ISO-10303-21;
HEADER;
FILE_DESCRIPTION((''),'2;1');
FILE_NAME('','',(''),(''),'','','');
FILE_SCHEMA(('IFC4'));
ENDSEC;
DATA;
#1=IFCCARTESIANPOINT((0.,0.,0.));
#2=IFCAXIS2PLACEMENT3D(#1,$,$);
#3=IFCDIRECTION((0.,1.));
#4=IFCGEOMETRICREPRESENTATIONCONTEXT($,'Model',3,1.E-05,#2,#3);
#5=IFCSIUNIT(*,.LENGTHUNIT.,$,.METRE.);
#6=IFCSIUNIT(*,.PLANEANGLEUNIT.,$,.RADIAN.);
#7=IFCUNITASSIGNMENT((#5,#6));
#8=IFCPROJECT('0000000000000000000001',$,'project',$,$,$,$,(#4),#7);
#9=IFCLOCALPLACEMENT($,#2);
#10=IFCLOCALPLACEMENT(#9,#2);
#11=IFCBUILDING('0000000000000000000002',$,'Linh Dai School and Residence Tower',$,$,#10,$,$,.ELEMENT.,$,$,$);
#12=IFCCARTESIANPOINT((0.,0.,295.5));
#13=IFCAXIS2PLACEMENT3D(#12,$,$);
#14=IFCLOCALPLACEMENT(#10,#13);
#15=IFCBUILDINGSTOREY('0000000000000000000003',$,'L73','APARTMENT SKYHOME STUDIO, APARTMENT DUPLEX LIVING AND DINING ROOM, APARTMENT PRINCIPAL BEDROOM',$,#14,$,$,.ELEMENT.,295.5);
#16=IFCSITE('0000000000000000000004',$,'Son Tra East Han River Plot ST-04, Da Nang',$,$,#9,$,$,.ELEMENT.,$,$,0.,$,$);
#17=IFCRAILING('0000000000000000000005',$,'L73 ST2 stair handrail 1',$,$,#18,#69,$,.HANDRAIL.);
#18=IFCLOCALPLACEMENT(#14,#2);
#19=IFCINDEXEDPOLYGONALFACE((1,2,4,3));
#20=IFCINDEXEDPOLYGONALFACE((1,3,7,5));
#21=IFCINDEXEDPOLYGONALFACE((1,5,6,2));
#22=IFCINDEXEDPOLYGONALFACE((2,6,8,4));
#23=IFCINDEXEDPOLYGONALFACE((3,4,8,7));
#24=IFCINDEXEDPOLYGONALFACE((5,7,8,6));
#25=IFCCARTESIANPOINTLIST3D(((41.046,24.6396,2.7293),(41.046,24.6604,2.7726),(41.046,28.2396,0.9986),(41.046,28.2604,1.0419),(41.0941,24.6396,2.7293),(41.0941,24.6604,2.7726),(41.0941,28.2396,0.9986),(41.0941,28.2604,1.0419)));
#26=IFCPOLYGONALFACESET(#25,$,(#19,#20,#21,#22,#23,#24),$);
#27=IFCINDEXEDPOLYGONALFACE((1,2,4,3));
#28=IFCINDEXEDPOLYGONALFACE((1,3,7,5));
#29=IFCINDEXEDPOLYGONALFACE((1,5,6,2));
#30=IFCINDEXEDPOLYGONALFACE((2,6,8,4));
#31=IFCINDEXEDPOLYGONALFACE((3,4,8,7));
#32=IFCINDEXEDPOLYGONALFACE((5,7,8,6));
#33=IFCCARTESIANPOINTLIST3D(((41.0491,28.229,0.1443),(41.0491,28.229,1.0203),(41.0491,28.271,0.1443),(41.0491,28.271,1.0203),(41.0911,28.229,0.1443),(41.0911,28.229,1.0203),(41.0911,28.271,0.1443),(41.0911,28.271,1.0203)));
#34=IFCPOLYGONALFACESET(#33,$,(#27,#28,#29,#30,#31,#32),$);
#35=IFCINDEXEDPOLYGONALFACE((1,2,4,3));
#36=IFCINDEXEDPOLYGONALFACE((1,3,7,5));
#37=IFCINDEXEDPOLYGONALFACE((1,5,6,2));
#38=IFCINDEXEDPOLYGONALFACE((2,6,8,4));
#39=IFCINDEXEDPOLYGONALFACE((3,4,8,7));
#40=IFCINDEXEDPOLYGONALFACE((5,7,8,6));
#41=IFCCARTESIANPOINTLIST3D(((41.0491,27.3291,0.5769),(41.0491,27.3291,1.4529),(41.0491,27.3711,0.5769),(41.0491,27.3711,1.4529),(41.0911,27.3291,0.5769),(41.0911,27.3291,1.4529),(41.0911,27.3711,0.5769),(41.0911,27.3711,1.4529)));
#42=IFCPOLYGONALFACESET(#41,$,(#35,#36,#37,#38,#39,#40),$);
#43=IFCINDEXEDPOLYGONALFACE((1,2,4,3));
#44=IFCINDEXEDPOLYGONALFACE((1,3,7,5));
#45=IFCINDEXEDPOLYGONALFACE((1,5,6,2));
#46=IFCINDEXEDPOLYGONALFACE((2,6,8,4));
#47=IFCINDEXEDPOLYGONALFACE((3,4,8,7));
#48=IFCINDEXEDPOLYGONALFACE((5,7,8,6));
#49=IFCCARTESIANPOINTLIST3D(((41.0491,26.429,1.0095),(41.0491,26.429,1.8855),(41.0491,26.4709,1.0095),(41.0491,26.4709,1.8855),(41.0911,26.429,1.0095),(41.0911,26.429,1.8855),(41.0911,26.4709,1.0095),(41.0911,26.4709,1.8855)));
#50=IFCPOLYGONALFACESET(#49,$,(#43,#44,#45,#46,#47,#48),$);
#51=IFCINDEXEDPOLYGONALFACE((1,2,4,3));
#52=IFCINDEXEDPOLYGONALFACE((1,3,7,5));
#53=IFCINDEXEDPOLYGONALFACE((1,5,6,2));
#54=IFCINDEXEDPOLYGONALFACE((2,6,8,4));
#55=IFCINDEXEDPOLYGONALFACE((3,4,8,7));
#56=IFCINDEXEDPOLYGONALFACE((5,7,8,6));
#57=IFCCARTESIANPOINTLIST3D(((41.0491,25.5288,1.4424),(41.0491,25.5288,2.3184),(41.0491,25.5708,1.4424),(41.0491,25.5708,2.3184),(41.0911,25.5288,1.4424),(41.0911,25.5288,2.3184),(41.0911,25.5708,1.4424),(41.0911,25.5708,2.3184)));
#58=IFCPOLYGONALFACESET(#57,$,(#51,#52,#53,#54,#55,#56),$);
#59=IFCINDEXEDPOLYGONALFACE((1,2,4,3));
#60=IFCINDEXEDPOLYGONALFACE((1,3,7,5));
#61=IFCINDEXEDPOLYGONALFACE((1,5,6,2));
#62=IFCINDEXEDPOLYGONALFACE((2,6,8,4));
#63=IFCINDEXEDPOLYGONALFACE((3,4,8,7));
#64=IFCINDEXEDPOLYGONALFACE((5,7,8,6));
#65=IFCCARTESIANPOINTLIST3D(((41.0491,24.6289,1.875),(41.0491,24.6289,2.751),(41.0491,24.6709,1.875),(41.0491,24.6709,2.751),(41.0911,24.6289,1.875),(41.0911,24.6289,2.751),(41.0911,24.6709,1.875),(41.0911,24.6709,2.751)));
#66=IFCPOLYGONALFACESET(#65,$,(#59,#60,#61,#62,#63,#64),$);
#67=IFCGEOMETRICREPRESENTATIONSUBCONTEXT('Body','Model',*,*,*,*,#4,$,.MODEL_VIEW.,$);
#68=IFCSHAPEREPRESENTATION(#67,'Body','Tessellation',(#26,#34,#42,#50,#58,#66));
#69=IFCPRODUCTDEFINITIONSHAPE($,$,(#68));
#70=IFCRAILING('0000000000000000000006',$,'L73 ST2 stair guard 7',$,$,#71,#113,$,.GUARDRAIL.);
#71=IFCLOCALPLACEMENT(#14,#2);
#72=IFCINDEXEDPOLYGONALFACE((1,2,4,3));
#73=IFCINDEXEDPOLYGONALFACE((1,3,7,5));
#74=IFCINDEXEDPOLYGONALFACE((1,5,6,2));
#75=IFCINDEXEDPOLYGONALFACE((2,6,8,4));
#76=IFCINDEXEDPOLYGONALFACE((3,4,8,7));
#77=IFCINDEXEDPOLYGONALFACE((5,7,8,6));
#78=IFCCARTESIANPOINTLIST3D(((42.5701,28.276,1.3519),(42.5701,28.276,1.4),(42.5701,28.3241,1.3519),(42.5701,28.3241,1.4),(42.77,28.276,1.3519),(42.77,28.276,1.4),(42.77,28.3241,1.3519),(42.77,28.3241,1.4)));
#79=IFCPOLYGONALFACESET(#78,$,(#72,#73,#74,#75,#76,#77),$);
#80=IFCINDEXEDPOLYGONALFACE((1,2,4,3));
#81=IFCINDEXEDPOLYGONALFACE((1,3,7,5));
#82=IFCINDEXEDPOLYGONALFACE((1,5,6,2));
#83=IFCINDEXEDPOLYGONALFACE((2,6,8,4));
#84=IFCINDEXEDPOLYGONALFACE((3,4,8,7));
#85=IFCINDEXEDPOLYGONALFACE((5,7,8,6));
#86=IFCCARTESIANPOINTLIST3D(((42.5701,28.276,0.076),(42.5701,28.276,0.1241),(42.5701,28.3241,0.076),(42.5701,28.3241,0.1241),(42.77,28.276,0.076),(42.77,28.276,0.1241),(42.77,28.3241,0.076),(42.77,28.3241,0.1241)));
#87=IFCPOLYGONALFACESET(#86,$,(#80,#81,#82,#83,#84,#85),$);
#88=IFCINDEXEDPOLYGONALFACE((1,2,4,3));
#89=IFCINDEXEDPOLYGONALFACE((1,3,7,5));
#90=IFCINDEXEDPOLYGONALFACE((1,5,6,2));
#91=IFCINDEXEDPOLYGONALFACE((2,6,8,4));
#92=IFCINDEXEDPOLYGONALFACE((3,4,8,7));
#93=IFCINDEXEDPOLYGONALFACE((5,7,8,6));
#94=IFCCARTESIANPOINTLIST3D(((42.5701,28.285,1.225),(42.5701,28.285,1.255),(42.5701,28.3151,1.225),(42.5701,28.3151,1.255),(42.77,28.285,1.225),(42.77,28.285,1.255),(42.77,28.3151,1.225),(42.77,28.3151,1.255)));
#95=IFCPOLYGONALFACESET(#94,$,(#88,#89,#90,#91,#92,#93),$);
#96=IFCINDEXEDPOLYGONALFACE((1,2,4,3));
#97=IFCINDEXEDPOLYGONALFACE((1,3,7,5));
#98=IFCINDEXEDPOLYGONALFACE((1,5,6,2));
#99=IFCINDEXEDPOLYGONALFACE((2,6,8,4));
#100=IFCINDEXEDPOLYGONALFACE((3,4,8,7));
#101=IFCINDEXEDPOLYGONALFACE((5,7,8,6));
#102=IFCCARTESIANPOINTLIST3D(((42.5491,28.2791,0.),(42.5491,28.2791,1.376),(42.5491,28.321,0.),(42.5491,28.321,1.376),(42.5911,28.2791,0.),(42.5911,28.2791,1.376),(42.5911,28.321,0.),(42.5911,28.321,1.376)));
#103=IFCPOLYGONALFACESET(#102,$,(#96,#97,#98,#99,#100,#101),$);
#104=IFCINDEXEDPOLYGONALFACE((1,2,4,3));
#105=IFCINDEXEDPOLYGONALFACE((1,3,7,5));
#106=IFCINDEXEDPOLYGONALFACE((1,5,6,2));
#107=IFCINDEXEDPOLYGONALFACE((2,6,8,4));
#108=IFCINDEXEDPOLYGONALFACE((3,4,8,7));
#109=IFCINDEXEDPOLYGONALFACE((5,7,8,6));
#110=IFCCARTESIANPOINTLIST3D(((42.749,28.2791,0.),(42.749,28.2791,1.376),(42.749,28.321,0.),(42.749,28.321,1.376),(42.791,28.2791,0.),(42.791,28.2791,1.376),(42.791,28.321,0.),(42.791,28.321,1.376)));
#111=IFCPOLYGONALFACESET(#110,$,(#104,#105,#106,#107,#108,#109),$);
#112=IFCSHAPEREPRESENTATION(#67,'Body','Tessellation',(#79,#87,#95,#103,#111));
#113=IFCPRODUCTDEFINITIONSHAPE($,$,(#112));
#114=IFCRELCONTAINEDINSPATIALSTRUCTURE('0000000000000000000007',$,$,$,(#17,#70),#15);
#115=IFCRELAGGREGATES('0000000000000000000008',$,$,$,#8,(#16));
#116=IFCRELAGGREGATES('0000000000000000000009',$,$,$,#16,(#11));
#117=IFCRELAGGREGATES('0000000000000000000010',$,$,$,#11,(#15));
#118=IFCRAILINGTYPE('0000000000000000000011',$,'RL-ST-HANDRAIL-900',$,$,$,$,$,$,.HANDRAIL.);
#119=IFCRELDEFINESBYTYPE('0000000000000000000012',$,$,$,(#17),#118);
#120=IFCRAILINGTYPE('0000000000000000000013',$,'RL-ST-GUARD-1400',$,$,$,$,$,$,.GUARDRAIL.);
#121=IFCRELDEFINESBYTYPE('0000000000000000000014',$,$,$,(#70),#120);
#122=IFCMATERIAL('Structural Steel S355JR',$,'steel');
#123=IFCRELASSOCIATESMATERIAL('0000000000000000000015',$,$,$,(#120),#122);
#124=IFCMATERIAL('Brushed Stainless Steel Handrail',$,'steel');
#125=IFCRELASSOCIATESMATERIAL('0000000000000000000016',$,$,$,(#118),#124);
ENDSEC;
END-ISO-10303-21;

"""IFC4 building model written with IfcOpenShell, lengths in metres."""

from ifc_helpers import new_model, si_unit, direction, frame, origin, origin_2d, place, context, subcontext, project, spatial, rectangle, extrude, source, transform, mapped, material, type_object, element, save


model = new_model("IFC4")

# Units and contexts
model_context = context("Model", 3, precision=1e-05, world=origin(), true_north=direction((0.0, 1.0)))
body_context = subcontext(model_context, "Body", "Model", "MODEL_VIEW")
ifc_project = project(units=[si_unit("LENGTHUNIT", "METRE"), si_unit("PLANEANGLEUNIT", "RADIAN")], contexts=[model_context])

# Site, building, storey
site_placement = place(None, origin())
site = spatial("IfcSite", under=ifc_project, at=site_placement, Name="Son Tra East Han River Plot ST-04, Da Nang", CompositionType="ELEMENT", RefElevation=0.0)
building_placement = place(site_placement, origin())
building = spatial("IfcBuilding", under=site, at=building_placement, Name="Linh Dai School and Residence Tower", CompositionType="ELEMENT")
storey_placement = place(building_placement, frame((0.0, 0.0, 295.5)))
storey = spatial("IfcBuildingStorey", under=building, at=storey_placement, Name="L73", Description="APARTMENT SKYHOME STUDIO, APARTMENT DUPLEX LIVING AND DINING ROOM, APARTMENT PRINCIPAL BEDROOM", CompositionType="ELEMENT", Elevation=295.5)

# Shared definitions
ifc_material_1 = material(Name="Structural Steel S355JR", Category="steel")

# Railings
railing_type_1 = type_object("IfcRailingType", Name="RL-ST-GUARD-1400", PredefinedType="GUARDRAIL", material=ifc_material_1)
ifc_material_2 = material(Name="Brushed Stainless Steel Handrail", Category="steel")
railing_type_2 = type_object("IfcRailingType", Name="RL-ST-HANDRAIL-900", PredefinedType="HANDRAIL", material=ifc_material_2)
shared_shape_1 = source(origin(), body_context, "Body", "SweptSolid", [
    extrude(rectangle(XDim=0.0481, YDim=0.0481, at=origin_2d()), frame((0.0, 0.0, 0.876), z_axis=(0.0, -0.901263, 0.433273), x_axis=(1.0, 0.0, 0.0)), (0.0, 0.0, 1.0), 3.9944),
    extrude(rectangle(XDim=0.042, YDim=0.042, at=origin_2d()), origin(), (0.0, 0.0, 1.0), 0.876),
    extrude(rectangle(XDim=0.042, YDim=0.042, at=origin_2d()), frame((0.0, -0.8999, 0.4326)), (0.0, 0.0, 1.0), 0.876),
    extrude(rectangle(XDim=0.042, YDim=0.042, at=origin_2d()), frame((0.0, -1.8, 0.8652)), (0.0, 0.0, 1.0), 0.876),
    extrude(rectangle(XDim=0.042, YDim=0.042, at=origin_2d()), frame((0.0, -2.7002, 1.2981)), (0.0, 0.0, 1.0), 0.876),
    extrude(rectangle(XDim=0.042, YDim=0.042, at=origin_2d()), frame((0.0, -3.6001, 1.7307)), (0.0, 0.0, 1.0), 0.876),
])
railing_1_placement = place(storey_placement, frame((41.0701, 28.25, 0.1443)))
element("IfcRailing", 1, at=railing_1_placement, inside=storey, type_object=railing_type_2, Name="L73 ST2 stair handrail 1", PredefinedType="HANDRAIL", context=body_context, shape_type="MappedRepresentation", body=[
    mapped(shared_shape_1, transform((0.0, 0.0, 0.0), x_axis=(1.0, 0.0, 0.0), y_axis=(0.0, 1.0, 0.0), z_axis=(0.0, 0.0, 1.0), scale=1.0)),
])
shared_shape_2 = source(origin(), body_context, "Body", "SweptSolid", [
    extrude(rectangle(XDim=0.0481, YDim=0.0481, at=origin_2d()), frame((0.0, 0.0, 1.376), z_axis=(1.0, 0.0, 0.0), x_axis=(0.0, 1.0, 0.0)), (0.0, 0.0, 1.0), 0.2),
    extrude(rectangle(XDim=0.0481, YDim=0.0481, at=origin_2d()), frame((0.0, 0.0, 0.1001), z_axis=(1.0, 0.0, 0.0), x_axis=(0.0, 1.0, 0.0)), (0.0, 0.0, 1.0), 0.2),
    extrude(rectangle(XDim=0.03, YDim=0.03, at=origin_2d()), frame((0.0, 0.0, 1.24), z_axis=(1.0, 0.0, 0.0), x_axis=(0.0, 1.0, 0.0)), (0.0, 0.0, 1.0), 0.2),
    extrude(rectangle(XDim=0.042, YDim=0.042, at=origin_2d()), origin(), (0.0, 0.0, 1.0), 1.376),
    extrude(rectangle(XDim=0.042, YDim=0.042, at=origin_2d()), frame((0.2, 0.0, 0.0)), (0.0, 0.0, 1.0), 1.376),
])
railing_2_placement = place(storey_placement, frame((42.5701, 28.3, 0.0)))
element("IfcRailing", 2, at=railing_2_placement, inside=storey, type_object=railing_type_1, Name="L73 ST2 stair guard 7", PredefinedType="GUARDRAIL", context=body_context, shape_type="MappedRepresentation", body=[
    mapped(shared_shape_2, transform((0.0, 0.0, 0.0), x_axis=(1.0, 0.0, 0.0), y_axis=(0.0, 1.0, 0.0), z_axis=(0.0, 0.0, 1.0), scale=1.0)),
])

save(model, "model.ifc")
